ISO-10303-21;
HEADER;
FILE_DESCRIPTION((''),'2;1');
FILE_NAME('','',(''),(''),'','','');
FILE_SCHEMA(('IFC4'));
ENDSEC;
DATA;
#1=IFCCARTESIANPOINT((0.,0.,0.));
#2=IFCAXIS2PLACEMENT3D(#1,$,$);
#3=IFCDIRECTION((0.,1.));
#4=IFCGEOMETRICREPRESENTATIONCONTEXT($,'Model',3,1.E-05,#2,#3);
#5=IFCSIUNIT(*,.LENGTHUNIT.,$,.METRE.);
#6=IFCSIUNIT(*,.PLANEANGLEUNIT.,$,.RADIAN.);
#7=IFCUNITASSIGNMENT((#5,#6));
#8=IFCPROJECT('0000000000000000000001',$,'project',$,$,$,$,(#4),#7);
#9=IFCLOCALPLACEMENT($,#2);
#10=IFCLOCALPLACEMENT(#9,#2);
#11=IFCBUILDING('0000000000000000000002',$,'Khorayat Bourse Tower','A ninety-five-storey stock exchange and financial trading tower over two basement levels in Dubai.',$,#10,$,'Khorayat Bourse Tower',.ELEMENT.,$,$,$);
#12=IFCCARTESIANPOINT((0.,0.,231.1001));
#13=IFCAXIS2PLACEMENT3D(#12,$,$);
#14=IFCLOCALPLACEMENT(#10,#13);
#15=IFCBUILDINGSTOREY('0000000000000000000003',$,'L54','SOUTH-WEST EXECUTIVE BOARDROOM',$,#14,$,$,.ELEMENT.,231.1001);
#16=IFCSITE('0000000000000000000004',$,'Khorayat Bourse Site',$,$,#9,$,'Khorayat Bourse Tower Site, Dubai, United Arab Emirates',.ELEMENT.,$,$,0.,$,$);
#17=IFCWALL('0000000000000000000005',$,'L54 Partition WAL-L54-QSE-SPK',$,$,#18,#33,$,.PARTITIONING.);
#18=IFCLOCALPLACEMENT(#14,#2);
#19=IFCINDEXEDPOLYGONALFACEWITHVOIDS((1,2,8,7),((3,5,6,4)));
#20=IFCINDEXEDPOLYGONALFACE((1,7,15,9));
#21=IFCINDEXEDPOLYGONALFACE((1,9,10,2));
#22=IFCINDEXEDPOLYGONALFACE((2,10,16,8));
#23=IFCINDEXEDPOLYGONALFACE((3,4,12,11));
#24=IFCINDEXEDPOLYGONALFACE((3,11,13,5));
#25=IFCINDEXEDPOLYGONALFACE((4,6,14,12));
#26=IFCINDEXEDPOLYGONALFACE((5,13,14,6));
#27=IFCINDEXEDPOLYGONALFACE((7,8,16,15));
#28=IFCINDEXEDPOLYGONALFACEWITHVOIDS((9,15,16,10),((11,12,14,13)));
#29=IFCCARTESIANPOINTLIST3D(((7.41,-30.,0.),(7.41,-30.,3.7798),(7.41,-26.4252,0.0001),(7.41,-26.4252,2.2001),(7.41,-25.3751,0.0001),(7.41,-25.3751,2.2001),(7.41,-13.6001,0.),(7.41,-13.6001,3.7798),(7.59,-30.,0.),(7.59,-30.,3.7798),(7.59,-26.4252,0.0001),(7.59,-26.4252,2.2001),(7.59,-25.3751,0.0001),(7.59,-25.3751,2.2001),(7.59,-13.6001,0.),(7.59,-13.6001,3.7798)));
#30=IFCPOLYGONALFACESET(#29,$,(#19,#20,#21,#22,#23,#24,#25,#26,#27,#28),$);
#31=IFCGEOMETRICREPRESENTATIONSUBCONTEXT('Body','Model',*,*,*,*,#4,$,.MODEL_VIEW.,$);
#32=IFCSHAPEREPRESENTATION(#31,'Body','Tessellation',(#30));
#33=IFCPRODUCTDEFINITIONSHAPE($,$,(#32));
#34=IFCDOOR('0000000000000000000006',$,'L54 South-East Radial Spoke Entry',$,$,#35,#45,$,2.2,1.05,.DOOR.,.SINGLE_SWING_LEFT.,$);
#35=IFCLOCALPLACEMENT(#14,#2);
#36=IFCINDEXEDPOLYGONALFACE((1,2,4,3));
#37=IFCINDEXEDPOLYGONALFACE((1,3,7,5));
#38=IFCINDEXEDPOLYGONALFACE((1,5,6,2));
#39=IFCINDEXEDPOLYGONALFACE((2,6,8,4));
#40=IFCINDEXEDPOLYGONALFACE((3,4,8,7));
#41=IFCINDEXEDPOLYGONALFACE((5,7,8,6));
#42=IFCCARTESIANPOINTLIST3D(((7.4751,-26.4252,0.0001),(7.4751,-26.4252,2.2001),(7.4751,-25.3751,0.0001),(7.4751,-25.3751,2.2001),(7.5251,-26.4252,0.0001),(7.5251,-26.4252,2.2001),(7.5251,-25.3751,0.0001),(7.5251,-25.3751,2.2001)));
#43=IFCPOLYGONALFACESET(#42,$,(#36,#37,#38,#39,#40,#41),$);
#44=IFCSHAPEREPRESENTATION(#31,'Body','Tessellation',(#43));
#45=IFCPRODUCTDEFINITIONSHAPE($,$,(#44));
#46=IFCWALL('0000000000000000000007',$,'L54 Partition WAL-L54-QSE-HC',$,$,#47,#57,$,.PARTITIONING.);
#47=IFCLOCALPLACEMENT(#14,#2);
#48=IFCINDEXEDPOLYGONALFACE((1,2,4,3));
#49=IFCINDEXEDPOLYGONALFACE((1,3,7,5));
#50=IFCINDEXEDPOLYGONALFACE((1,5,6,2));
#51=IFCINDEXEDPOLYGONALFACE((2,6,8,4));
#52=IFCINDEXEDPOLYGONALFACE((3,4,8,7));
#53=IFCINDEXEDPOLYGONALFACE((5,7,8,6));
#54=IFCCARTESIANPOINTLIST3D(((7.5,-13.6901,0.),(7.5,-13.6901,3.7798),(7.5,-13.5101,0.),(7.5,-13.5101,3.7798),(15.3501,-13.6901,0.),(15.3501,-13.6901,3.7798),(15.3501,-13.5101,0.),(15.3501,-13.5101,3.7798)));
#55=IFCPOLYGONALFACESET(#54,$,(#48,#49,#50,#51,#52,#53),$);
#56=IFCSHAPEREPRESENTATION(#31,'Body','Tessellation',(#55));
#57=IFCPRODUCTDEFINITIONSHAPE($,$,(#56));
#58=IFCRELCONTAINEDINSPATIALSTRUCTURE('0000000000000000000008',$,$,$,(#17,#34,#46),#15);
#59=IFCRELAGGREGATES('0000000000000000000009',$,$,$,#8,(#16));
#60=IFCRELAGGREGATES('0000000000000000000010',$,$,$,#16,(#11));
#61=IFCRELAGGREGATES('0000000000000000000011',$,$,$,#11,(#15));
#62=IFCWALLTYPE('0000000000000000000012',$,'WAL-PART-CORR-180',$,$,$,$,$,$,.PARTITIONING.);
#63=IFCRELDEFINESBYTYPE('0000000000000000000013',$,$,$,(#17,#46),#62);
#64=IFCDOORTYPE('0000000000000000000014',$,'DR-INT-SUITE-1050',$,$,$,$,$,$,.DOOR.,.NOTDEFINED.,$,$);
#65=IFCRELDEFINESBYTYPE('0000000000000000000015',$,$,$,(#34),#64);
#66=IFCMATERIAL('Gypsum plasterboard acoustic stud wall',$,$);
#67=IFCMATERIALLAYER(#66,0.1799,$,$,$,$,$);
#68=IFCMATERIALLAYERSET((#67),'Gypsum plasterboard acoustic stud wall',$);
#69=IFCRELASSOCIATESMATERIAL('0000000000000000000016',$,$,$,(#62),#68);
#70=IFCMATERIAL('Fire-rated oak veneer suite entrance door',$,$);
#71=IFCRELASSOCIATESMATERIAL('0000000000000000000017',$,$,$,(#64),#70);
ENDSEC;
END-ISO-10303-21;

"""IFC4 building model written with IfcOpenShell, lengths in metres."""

from ifc_helpers import new_model, si_unit, direction, frame, frame_2d, origin, place, context, subcontext, project, spatial, rectangle, extrude, source, transform, mapped, material, layer, layer_set, type_object, element, fill, save


model = new_model("IFC4")

# Units and contexts
model_context = context("Model", 3, precision=1e-05, world=origin(), true_north=direction((0.0, 1.0)))
body_context = subcontext(model_context, "Body", "Model", "MODEL_VIEW")
ifc_project = project(units=[si_unit("LENGTHUNIT", "METRE"), si_unit("PLANEANGLEUNIT", "RADIAN")], contexts=[model_context])

# Site, building, storey
site_placement = place(None, origin())
site = spatial("IfcSite", under=ifc_project, at=site_placement, Name="Khorayat Bourse Site", LongName="Khorayat Bourse Tower Site, Dubai, United Arab Emirates", CompositionType="ELEMENT", RefElevation=0.0)
building_placement = place(site_placement, origin())
building = spatial("IfcBuilding", under=site, at=building_placement, Name="Khorayat Bourse Tower", Description="A ninety-five-storey stock exchange and financial trading tower over two basement levels in Dubai.", LongName="Khorayat Bourse Tower", CompositionType="ELEMENT")
storey_placement = place(building_placement, frame((0.0, 0.0, 231.1001)))
storey = spatial("IfcBuildingStorey", under=building, at=storey_placement, Name="L54", Description="SOUTH-WEST EXECUTIVE BOARDROOM", CompositionType="ELEMENT", Elevation=231.1001)

# Shared definitions
ifc_material_1 = material(Name="Gypsum plasterboard acoustic stud wall")
ifc_layer_1 = layer(ifc_material_1, 0.1799)
ifc_layer_set_1 = layer_set([ifc_layer_1], Name="Gypsum plasterboard acoustic stud wall")
wall_type_1 = type_object("IfcWallType", Name="WAL-PART-CORR-180", PredefinedType="PARTITIONING", material=ifc_layer_set_1)

# Wall, opening, door
shared_shape_1 = source(origin(), body_context, "Body", "SweptSolid", [
    extrude(rectangle(XDim=16.3999, YDim=0.1799, at=frame_2d((8.2, 0.0))), origin(), (0.0, 0.0, 1.0), 3.7798),
])
shared_shape_2 = source(origin(), body_context, "Body", "SweptSolid", [
    extrude(rectangle(XDim=1.05, YDim=2.2, at=frame_2d((0.5249, 1.1001))), frame((0.0, 0.0999, 0.0), z_axis=(0.0, -1.0, 0.0), x_axis=(1.0, 0.0, 0.0)), (0.0, 0.0, 1.0), 0.2),
])
ifc_material_2 = material(Name="Fire-rated oak veneer suite entrance door")
door_type_1 = type_object("IfcDoorType", Name="DR-INT-SUITE-1050", OperationType="NOTDEFINED", PredefinedType="DOOR", material=ifc_material_2)
shared_shape_3 = source(origin(), body_context, "Body", "SweptSolid", [
    extrude(rectangle(XDim=1.05, YDim=2.2, at=frame_2d((0.5249, 1.1001))), frame((0.0, 0.0249, 0.0), z_axis=(0.0, -1.0, 0.0), x_axis=(1.0, 0.0, 0.0)), (0.0, 0.0, 1.0), 0.05),
])
wall_1_placement = place(storey_placement, frame((7.5, -30.0, 0.0), z_axis=(0.0, 0.0, 1.0), x_axis=(0.0, 1.0, 0.0)))
wall_1 = element("IfcWall", 1, at=wall_1_placement, inside=storey, type_object=wall_type_1, Name="L54 Partition WAL-L54-QSE-SPK", PredefinedType="PARTITIONING", context=body_context, shape_type="MappedRepresentation", body=[
    mapped(shared_shape_1, transform((0.0, 0.0, 0.0), scale=1.0)),
])
opening_1_placement = place(wall_1_placement, frame((3.575, 0.0, 0.0)))
opening_1 = element("IfcOpeningElement", 2, at=opening_1_placement, cuts=wall_1, PredefinedType="OPENING", context=body_context, shape_type="MappedRepresentation", body=[
    mapped(shared_shape_2, transform((0.0, 0.0, 0.0), scale=1.0)),
])
door_1_placement = place(opening_1_placement, origin())
door_1 = element("IfcDoor", 3, at=door_1_placement, inside=storey, type_object=door_type_1, Name="L54 South-East Radial Spoke Entry", OperationType="SINGLE_SWING_LEFT", OverallHeight=2.2, OverallWidth=1.05, PredefinedType="DOOR", context=body_context, shape_type="MappedRepresentation", body=[
    mapped(shared_shape_3, transform((0.0, 0.0, 0.0), scale=1.0)),
])
fill(opening_1, door_1)

# Wall
shared_shape_4 = source(origin(), body_context, "Body", "SweptSolid", [
    extrude(rectangle(XDim=7.8501, YDim=0.1799, at=frame_2d((3.925, 0.0))), origin(), (0.0, 0.0, 1.0), 3.7798),
])
wall_2_placement = place(storey_placement, frame((7.5, -13.6001, 0.0), z_axis=(0.0, 0.0, 1.0), x_axis=(1.0, 0.0, 0.0)))
element("IfcWall", 4, at=wall_2_placement, inside=storey, type_object=wall_type_1, Name="L54 Partition WAL-L54-QSE-HC", PredefinedType="PARTITIONING", context=body_context, shape_type="MappedRepresentation", body=[
    mapped(shared_shape_4, transform((0.0, 0.0, 0.0), scale=1.0)),
])

save(model, "model.ifc")
